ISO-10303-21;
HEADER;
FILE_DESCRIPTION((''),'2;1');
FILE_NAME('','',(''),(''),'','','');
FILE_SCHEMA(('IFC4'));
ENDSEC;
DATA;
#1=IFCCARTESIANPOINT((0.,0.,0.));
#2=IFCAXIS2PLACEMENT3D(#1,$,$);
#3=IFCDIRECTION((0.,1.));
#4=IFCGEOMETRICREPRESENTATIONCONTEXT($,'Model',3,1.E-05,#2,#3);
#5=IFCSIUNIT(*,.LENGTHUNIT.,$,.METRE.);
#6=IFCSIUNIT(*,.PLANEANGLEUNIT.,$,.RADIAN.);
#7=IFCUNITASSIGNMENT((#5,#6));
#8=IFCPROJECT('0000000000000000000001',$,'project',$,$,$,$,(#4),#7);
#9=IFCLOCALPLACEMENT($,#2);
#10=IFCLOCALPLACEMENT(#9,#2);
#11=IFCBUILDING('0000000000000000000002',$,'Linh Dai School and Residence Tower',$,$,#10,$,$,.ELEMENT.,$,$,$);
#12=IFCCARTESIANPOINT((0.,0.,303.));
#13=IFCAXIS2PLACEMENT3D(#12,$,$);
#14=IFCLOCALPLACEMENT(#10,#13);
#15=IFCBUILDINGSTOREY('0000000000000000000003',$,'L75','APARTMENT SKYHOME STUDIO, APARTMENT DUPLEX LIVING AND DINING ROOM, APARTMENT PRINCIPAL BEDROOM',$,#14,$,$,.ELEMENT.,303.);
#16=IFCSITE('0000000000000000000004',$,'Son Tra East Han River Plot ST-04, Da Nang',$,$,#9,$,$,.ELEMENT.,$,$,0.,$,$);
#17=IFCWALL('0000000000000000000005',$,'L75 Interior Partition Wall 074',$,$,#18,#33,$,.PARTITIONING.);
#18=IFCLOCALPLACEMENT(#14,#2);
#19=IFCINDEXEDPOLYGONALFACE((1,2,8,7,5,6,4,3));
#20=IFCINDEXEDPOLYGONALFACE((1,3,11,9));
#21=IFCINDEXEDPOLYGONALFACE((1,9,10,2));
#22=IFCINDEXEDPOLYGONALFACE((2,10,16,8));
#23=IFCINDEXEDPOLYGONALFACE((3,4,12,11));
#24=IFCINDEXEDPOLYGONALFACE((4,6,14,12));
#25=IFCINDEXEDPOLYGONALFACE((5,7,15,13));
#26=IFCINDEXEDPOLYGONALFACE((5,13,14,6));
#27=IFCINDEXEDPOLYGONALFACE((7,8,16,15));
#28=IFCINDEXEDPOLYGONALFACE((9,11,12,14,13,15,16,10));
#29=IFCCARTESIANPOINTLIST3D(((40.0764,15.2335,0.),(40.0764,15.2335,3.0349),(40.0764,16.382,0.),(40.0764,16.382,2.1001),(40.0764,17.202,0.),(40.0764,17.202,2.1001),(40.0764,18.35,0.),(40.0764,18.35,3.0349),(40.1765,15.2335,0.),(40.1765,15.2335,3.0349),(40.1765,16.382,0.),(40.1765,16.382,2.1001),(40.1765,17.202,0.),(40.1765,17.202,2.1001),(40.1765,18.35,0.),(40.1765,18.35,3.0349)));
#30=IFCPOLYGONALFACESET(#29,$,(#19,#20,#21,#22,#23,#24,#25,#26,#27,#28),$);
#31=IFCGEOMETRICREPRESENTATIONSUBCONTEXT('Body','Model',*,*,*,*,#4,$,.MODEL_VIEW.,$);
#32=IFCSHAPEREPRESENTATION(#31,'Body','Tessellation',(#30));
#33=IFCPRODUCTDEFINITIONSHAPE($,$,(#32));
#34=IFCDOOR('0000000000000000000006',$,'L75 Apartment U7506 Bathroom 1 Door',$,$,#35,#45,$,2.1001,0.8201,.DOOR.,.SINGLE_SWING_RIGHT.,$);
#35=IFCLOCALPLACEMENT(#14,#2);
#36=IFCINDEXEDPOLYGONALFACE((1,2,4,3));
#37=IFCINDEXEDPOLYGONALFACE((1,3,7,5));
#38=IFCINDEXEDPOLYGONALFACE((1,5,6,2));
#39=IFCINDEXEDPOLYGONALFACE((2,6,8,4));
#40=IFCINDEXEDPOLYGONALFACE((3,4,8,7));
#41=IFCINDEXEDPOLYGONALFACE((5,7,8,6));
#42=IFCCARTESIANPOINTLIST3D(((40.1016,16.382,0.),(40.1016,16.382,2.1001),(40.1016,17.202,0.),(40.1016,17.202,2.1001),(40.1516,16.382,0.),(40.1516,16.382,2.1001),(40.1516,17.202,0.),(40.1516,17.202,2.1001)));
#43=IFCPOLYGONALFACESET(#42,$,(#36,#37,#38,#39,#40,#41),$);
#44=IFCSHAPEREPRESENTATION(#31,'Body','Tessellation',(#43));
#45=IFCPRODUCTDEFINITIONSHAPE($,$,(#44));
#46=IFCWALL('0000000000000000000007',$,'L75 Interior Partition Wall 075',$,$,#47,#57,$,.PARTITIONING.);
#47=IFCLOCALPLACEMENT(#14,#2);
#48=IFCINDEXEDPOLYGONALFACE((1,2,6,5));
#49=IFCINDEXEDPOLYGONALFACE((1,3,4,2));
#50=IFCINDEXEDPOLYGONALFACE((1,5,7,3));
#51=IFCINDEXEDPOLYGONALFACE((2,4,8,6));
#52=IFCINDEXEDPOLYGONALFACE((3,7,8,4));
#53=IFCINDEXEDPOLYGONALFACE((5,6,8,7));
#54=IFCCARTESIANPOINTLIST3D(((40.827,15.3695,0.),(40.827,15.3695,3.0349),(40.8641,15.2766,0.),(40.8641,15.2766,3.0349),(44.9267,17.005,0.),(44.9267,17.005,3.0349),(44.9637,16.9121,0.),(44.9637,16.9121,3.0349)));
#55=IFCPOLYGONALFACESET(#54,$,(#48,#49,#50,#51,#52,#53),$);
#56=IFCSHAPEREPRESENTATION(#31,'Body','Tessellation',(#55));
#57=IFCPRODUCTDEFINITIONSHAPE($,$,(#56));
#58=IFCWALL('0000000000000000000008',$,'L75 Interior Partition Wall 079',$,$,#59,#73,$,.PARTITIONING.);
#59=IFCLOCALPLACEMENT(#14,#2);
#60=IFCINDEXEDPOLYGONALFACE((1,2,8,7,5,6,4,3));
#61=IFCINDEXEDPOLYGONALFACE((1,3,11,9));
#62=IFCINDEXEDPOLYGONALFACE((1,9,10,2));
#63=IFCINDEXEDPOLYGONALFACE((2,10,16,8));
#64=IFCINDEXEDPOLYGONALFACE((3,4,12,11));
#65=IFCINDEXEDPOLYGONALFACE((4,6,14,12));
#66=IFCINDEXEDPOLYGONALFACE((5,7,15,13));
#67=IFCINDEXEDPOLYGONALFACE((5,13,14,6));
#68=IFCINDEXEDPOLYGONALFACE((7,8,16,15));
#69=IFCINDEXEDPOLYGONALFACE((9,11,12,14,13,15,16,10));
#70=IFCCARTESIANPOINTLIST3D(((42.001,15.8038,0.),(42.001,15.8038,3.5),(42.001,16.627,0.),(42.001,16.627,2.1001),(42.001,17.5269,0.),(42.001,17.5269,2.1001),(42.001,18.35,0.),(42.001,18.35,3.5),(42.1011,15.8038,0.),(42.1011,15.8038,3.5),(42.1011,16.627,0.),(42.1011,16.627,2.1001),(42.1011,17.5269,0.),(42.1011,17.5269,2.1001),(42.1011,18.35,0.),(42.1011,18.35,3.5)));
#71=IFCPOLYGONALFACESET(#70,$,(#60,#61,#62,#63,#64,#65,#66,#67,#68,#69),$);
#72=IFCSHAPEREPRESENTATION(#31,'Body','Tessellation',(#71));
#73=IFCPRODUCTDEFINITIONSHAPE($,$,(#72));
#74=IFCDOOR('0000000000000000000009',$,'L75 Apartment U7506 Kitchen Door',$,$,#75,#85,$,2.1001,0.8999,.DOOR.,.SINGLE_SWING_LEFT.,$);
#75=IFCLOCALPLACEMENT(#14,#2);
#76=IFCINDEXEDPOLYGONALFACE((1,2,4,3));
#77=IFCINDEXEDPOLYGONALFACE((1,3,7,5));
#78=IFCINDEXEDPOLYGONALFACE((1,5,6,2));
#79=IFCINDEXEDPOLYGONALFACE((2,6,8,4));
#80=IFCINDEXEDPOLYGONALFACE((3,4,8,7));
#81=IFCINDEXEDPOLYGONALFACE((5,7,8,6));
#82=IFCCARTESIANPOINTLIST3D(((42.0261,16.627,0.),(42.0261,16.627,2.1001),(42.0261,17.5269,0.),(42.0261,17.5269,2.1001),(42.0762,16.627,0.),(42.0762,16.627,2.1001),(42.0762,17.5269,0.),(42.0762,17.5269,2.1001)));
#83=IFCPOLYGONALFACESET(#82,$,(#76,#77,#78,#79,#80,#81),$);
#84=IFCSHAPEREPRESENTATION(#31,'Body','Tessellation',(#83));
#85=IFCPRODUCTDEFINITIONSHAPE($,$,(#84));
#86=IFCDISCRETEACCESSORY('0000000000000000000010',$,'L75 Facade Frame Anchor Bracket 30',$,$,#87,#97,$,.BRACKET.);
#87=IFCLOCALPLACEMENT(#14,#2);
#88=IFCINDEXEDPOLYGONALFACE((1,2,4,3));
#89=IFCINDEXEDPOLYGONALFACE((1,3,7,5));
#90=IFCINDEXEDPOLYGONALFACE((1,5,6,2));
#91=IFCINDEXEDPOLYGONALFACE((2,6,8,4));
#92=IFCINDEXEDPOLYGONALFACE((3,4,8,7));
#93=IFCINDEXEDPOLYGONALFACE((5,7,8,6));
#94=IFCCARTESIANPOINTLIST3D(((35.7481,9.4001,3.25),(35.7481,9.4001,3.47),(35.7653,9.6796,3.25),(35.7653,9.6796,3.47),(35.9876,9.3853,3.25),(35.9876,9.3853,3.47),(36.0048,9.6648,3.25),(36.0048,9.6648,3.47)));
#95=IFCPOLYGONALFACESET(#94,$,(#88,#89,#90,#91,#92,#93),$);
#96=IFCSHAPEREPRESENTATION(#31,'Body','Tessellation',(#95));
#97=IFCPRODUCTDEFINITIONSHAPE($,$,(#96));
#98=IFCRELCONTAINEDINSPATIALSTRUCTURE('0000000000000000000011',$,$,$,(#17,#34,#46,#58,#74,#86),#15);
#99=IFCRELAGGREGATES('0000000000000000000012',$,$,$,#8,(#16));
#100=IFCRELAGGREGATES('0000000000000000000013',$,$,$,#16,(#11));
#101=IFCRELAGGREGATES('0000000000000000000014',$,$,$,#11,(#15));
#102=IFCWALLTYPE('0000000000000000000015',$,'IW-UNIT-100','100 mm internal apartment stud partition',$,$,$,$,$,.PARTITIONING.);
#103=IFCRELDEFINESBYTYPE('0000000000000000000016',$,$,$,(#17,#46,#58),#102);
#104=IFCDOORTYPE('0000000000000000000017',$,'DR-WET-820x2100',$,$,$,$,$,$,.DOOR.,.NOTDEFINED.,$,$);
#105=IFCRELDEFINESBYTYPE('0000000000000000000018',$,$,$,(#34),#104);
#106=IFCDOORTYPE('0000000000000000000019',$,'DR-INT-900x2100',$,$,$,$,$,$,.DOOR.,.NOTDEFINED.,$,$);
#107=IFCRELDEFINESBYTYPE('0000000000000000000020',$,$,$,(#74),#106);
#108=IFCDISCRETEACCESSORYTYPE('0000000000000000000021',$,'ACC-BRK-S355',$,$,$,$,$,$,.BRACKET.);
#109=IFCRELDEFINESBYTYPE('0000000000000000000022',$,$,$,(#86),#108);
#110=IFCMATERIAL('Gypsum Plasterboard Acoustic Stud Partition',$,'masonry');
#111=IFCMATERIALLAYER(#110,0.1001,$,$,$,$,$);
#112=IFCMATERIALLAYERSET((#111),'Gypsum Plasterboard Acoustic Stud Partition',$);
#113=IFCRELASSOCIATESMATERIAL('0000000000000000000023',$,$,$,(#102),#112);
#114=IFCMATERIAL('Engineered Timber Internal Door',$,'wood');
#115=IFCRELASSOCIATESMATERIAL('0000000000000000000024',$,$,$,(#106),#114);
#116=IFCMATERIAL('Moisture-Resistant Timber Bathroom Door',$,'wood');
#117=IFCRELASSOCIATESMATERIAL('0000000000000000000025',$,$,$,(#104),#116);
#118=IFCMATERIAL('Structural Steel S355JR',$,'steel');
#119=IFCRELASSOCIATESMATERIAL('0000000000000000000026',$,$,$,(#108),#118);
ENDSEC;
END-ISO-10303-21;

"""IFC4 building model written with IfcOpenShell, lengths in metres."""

from ifc_helpers import new_model, si_unit, direction, frame, frame_2d, origin, origin_2d, place, context, subcontext, project, spatial, rectangle, extrude, source, transform, mapped, material, layer, layer_set, type_object, element, fill, save


model = new_model("IFC4")

# Units and contexts
model_context = context("Model", 3, precision=1e-05, world=origin(), true_north=direction((0.0, 1.0)))
body_context = subcontext(model_context, "Body", "Model", "MODEL_VIEW")
ifc_project = project(units=[si_unit("LENGTHUNIT", "METRE"), si_unit("PLANEANGLEUNIT", "RADIAN")], contexts=[model_context])

# Site, building, storey
site_placement = place(None, origin())
site = spatial("IfcSite", under=ifc_project, at=site_placement, Name="Son Tra East Han River Plot ST-04, Da Nang", CompositionType="ELEMENT", RefElevation=0.0)
building_placement = place(site_placement, origin())
building = spatial("IfcBuilding", under=site, at=building_placement, Name="Linh Dai School and Residence Tower", CompositionType="ELEMENT")
storey_placement = place(building_placement, frame((0.0, 0.0, 303.0)))
storey = spatial("IfcBuildingStorey", under=building, at=storey_placement, Name="L75", Description="APARTMENT SKYHOME STUDIO, APARTMENT DUPLEX LIVING AND DINING ROOM, APARTMENT PRINCIPAL BEDROOM", CompositionType="ELEMENT", Elevation=303.0)

# Shared definitions
ifc_material_1 = material(Name="Structural Steel S355JR", Category="steel")

# Shared definitions
ifc_material_2 = material(Name="Gypsum Plasterboard Acoustic Stud Partition", Category="masonry")
ifc_layer_1 = layer(ifc_material_2, 0.1001)
ifc_layer_set_1 = layer_set([ifc_layer_1], Name="Gypsum Plasterboard Acoustic Stud Partition")
wall_type_1 = type_object("IfcWallType", Name="IW-UNIT-100", Description="100 mm internal apartment stud partition", PredefinedType="PARTITIONING", material=ifc_layer_set_1)
ifc_material_3 = material(Name="Engineered Timber Internal Door", Category="wood")
door_type_1 = type_object("IfcDoorType", Name="DR-INT-900x2100", OperationType="NOTDEFINED", PredefinedType="DOOR", material=ifc_material_3)
shared_shape_1 = source(origin(), body_context, "Body", "SweptSolid", [
    extrude(rectangle(XDim=0.8999, YDim=2.1001, at=origin_2d()), frame((0.45, 0.0249, 1.05), z_axis=(0.0, -1.0, 0.0), x_axis=(1.0, 0.0, 0.0)), (0.0, 0.0, 1.0), 0.05),
])

# Wall, opening, door
wall_1_placement = place(storey_placement, frame((40.1265, 15.2336, 0.0), z_axis=(0.0, 0.0, 1.0), x_axis=(0.0, 1.0, 0.0)))
wall_1 = element("IfcWall", 1, at=wall_1_placement, inside=storey, type_object=wall_type_1, Name="L75 Interior Partition Wall 074", PredefinedType="PARTITIONING", context=body_context, shape_type="SweptSolid", body=[
    extrude(rectangle(XDim=3.1165, YDim=0.1001, at=frame_2d((1.5581, 0.0))), origin(), (0.0, 0.0, 1.0), 3.0349),
])
opening_1_placement = place(wall_1_placement, frame((1.1482, 0.0, 0.0)))
opening_1 = element("IfcOpeningElement", 2, at=opening_1_placement, cuts=wall_1, PredefinedType="OPENING", context=body_context, shape_type="SweptSolid", body=[
    extrude(rectangle(XDim=0.8201, YDim=2.1001, at=origin_2d()), frame((0.4102, 0.0601, 1.05), z_axis=(0.0, -1.0, 0.0), x_axis=(1.0, 0.0, 0.0)), (0.0, 0.0, 1.0), 0.1201),
])
ifc_material_4 = material(Name="Moisture-Resistant Timber Bathroom Door", Category="wood")
door_type_2 = type_object("IfcDoorType", Name="DR-WET-820x2100", OperationType="NOTDEFINED", PredefinedType="DOOR", material=ifc_material_4)
shared_shape_2 = source(origin(), body_context, "Body", "SweptSolid", [
    extrude(rectangle(XDim=0.8201, YDim=2.1001, at=origin_2d()), frame((0.4102, 0.0249, 1.05), z_axis=(0.0, -1.0, 0.0), x_axis=(1.0, 0.0, 0.0)), (0.0, 0.0, 1.0), 0.05),
])
door_1_placement = place(opening_1_placement, origin())
door_1 = element("IfcDoor", 3, at=door_1_placement, inside=storey, type_object=door_type_2, Name="L75 Apartment U7506 Bathroom 1 Door", OperationType="SINGLE_SWING_RIGHT", OverallHeight=2.1001, OverallWidth=0.8201, PredefinedType="DOOR", context=body_context, shape_type="MappedRepresentation", body=[
    mapped(shared_shape_2, transform((0.0, 0.0, 0.0), x_axis=(1.0, 0.0, 0.0), y_axis=(0.0, 1.0, 0.0), z_axis=(0.0, 0.0, 1.0), scale=1.0)),
])
fill(opening_1, door_1)

# Wall
wall_2_placement = place(storey_placement, frame((40.8455, 15.323, 0.0), z_axis=(0.0, 0.0, 1.0), x_axis=(0.928816, 0.370542, 0.0)))
element("IfcWall", 4, at=wall_2_placement, inside=storey, type_object=wall_type_1, Name="L75 Interior Partition Wall 075", PredefinedType="PARTITIONING", context=body_context, shape_type="SweptSolid", body=[
    extrude(rectangle(XDim=4.4138, YDim=0.1001, at=frame_2d((2.207, 0.0))), origin(), (0.0, 0.0, 1.0), 3.0349),
])

# Wall, opening, door
wall_3_placement = place(storey_placement, frame((42.051, 15.804, 0.0), z_axis=(0.0, 0.0, 1.0), x_axis=(0.0, 1.0, 0.0)))
wall_3 = element("IfcWall", 5, at=wall_3_placement, inside=storey, type_object=wall_type_1, Name="L75 Interior Partition Wall 079", PredefinedType="PARTITIONING", context=body_context, shape_type="SweptSolid", body=[
    extrude(rectangle(XDim=2.5461, YDim=0.1001, at=frame_2d((1.2729, 0.0))), origin(), (0.0, 0.0, 1.0), 3.5),
])
opening_2_placement = place(wall_3_placement, frame((0.823, 0.0, 0.0)))
opening_2 = element("IfcOpeningElement", 6, at=opening_2_placement, cuts=wall_3, PredefinedType="OPENING", context=body_context, shape_type="SweptSolid", body=[
    extrude(rectangle(XDim=0.8999, YDim=2.1001, at=origin_2d()), frame((0.45, 0.0601, 1.05), z_axis=(0.0, -1.0, 0.0), x_axis=(1.0, 0.0, 0.0)), (0.0, 0.0, 1.0), 0.1201),
])
door_2_placement = place(opening_2_placement, origin())
door_2 = element("IfcDoor", 7, at=door_2_placement, inside=storey, type_object=door_type_1, Name="L75 Apartment U7506 Kitchen Door", OperationType="SINGLE_SWING_LEFT", OverallHeight=2.1001, OverallWidth=0.8999, PredefinedType="DOOR", context=body_context, shape_type="MappedRepresentation", body=[
    mapped(shared_shape_1, transform((0.0, 0.0, 0.0), x_axis=(1.0, 0.0, 0.0), y_axis=(0.0, 1.0, 0.0), z_axis=(0.0, 0.0, 1.0), scale=1.0)),
])
fill(opening_2, door_2)

# Discrete accessory
discrete_accessory_type = type_object("IfcDiscreteAccessoryType", Name="ACC-BRK-S355", PredefinedType="BRACKET", material=ifc_material_1)
shared_shape_3 = source(origin(), body_context, "Body", "SweptSolid", [
    extrude(rectangle(XDim=0.28, YDim=0.24, at=origin_2d()), origin(), (0.0, 0.0, 1.0), 0.22),
])
discrete_accessory_placement = place(storey_placement, frame((35.8765, 9.5325, 3.25), z_axis=(0.0, 0.0, 1.0), x_axis=(-0.06151, -0.998106, 0.0)))
element("IfcDiscreteAccessory", 8, at=discrete_accessory_placement, inside=storey, type_object=discrete_accessory_type, Name="L75 Facade Frame Anchor Bracket 30", PredefinedType="BRACKET", context=body_context, shape_type="MappedRepresentation", body=[
    mapped(shared_shape_3, transform((0.0, 0.0, 0.0), x_axis=(1.0, 0.0, 0.0), y_axis=(0.0, 1.0, 0.0), z_axis=(0.0, 0.0, 1.0), scale=1.0)),
])

save(model, "model.ifc")
